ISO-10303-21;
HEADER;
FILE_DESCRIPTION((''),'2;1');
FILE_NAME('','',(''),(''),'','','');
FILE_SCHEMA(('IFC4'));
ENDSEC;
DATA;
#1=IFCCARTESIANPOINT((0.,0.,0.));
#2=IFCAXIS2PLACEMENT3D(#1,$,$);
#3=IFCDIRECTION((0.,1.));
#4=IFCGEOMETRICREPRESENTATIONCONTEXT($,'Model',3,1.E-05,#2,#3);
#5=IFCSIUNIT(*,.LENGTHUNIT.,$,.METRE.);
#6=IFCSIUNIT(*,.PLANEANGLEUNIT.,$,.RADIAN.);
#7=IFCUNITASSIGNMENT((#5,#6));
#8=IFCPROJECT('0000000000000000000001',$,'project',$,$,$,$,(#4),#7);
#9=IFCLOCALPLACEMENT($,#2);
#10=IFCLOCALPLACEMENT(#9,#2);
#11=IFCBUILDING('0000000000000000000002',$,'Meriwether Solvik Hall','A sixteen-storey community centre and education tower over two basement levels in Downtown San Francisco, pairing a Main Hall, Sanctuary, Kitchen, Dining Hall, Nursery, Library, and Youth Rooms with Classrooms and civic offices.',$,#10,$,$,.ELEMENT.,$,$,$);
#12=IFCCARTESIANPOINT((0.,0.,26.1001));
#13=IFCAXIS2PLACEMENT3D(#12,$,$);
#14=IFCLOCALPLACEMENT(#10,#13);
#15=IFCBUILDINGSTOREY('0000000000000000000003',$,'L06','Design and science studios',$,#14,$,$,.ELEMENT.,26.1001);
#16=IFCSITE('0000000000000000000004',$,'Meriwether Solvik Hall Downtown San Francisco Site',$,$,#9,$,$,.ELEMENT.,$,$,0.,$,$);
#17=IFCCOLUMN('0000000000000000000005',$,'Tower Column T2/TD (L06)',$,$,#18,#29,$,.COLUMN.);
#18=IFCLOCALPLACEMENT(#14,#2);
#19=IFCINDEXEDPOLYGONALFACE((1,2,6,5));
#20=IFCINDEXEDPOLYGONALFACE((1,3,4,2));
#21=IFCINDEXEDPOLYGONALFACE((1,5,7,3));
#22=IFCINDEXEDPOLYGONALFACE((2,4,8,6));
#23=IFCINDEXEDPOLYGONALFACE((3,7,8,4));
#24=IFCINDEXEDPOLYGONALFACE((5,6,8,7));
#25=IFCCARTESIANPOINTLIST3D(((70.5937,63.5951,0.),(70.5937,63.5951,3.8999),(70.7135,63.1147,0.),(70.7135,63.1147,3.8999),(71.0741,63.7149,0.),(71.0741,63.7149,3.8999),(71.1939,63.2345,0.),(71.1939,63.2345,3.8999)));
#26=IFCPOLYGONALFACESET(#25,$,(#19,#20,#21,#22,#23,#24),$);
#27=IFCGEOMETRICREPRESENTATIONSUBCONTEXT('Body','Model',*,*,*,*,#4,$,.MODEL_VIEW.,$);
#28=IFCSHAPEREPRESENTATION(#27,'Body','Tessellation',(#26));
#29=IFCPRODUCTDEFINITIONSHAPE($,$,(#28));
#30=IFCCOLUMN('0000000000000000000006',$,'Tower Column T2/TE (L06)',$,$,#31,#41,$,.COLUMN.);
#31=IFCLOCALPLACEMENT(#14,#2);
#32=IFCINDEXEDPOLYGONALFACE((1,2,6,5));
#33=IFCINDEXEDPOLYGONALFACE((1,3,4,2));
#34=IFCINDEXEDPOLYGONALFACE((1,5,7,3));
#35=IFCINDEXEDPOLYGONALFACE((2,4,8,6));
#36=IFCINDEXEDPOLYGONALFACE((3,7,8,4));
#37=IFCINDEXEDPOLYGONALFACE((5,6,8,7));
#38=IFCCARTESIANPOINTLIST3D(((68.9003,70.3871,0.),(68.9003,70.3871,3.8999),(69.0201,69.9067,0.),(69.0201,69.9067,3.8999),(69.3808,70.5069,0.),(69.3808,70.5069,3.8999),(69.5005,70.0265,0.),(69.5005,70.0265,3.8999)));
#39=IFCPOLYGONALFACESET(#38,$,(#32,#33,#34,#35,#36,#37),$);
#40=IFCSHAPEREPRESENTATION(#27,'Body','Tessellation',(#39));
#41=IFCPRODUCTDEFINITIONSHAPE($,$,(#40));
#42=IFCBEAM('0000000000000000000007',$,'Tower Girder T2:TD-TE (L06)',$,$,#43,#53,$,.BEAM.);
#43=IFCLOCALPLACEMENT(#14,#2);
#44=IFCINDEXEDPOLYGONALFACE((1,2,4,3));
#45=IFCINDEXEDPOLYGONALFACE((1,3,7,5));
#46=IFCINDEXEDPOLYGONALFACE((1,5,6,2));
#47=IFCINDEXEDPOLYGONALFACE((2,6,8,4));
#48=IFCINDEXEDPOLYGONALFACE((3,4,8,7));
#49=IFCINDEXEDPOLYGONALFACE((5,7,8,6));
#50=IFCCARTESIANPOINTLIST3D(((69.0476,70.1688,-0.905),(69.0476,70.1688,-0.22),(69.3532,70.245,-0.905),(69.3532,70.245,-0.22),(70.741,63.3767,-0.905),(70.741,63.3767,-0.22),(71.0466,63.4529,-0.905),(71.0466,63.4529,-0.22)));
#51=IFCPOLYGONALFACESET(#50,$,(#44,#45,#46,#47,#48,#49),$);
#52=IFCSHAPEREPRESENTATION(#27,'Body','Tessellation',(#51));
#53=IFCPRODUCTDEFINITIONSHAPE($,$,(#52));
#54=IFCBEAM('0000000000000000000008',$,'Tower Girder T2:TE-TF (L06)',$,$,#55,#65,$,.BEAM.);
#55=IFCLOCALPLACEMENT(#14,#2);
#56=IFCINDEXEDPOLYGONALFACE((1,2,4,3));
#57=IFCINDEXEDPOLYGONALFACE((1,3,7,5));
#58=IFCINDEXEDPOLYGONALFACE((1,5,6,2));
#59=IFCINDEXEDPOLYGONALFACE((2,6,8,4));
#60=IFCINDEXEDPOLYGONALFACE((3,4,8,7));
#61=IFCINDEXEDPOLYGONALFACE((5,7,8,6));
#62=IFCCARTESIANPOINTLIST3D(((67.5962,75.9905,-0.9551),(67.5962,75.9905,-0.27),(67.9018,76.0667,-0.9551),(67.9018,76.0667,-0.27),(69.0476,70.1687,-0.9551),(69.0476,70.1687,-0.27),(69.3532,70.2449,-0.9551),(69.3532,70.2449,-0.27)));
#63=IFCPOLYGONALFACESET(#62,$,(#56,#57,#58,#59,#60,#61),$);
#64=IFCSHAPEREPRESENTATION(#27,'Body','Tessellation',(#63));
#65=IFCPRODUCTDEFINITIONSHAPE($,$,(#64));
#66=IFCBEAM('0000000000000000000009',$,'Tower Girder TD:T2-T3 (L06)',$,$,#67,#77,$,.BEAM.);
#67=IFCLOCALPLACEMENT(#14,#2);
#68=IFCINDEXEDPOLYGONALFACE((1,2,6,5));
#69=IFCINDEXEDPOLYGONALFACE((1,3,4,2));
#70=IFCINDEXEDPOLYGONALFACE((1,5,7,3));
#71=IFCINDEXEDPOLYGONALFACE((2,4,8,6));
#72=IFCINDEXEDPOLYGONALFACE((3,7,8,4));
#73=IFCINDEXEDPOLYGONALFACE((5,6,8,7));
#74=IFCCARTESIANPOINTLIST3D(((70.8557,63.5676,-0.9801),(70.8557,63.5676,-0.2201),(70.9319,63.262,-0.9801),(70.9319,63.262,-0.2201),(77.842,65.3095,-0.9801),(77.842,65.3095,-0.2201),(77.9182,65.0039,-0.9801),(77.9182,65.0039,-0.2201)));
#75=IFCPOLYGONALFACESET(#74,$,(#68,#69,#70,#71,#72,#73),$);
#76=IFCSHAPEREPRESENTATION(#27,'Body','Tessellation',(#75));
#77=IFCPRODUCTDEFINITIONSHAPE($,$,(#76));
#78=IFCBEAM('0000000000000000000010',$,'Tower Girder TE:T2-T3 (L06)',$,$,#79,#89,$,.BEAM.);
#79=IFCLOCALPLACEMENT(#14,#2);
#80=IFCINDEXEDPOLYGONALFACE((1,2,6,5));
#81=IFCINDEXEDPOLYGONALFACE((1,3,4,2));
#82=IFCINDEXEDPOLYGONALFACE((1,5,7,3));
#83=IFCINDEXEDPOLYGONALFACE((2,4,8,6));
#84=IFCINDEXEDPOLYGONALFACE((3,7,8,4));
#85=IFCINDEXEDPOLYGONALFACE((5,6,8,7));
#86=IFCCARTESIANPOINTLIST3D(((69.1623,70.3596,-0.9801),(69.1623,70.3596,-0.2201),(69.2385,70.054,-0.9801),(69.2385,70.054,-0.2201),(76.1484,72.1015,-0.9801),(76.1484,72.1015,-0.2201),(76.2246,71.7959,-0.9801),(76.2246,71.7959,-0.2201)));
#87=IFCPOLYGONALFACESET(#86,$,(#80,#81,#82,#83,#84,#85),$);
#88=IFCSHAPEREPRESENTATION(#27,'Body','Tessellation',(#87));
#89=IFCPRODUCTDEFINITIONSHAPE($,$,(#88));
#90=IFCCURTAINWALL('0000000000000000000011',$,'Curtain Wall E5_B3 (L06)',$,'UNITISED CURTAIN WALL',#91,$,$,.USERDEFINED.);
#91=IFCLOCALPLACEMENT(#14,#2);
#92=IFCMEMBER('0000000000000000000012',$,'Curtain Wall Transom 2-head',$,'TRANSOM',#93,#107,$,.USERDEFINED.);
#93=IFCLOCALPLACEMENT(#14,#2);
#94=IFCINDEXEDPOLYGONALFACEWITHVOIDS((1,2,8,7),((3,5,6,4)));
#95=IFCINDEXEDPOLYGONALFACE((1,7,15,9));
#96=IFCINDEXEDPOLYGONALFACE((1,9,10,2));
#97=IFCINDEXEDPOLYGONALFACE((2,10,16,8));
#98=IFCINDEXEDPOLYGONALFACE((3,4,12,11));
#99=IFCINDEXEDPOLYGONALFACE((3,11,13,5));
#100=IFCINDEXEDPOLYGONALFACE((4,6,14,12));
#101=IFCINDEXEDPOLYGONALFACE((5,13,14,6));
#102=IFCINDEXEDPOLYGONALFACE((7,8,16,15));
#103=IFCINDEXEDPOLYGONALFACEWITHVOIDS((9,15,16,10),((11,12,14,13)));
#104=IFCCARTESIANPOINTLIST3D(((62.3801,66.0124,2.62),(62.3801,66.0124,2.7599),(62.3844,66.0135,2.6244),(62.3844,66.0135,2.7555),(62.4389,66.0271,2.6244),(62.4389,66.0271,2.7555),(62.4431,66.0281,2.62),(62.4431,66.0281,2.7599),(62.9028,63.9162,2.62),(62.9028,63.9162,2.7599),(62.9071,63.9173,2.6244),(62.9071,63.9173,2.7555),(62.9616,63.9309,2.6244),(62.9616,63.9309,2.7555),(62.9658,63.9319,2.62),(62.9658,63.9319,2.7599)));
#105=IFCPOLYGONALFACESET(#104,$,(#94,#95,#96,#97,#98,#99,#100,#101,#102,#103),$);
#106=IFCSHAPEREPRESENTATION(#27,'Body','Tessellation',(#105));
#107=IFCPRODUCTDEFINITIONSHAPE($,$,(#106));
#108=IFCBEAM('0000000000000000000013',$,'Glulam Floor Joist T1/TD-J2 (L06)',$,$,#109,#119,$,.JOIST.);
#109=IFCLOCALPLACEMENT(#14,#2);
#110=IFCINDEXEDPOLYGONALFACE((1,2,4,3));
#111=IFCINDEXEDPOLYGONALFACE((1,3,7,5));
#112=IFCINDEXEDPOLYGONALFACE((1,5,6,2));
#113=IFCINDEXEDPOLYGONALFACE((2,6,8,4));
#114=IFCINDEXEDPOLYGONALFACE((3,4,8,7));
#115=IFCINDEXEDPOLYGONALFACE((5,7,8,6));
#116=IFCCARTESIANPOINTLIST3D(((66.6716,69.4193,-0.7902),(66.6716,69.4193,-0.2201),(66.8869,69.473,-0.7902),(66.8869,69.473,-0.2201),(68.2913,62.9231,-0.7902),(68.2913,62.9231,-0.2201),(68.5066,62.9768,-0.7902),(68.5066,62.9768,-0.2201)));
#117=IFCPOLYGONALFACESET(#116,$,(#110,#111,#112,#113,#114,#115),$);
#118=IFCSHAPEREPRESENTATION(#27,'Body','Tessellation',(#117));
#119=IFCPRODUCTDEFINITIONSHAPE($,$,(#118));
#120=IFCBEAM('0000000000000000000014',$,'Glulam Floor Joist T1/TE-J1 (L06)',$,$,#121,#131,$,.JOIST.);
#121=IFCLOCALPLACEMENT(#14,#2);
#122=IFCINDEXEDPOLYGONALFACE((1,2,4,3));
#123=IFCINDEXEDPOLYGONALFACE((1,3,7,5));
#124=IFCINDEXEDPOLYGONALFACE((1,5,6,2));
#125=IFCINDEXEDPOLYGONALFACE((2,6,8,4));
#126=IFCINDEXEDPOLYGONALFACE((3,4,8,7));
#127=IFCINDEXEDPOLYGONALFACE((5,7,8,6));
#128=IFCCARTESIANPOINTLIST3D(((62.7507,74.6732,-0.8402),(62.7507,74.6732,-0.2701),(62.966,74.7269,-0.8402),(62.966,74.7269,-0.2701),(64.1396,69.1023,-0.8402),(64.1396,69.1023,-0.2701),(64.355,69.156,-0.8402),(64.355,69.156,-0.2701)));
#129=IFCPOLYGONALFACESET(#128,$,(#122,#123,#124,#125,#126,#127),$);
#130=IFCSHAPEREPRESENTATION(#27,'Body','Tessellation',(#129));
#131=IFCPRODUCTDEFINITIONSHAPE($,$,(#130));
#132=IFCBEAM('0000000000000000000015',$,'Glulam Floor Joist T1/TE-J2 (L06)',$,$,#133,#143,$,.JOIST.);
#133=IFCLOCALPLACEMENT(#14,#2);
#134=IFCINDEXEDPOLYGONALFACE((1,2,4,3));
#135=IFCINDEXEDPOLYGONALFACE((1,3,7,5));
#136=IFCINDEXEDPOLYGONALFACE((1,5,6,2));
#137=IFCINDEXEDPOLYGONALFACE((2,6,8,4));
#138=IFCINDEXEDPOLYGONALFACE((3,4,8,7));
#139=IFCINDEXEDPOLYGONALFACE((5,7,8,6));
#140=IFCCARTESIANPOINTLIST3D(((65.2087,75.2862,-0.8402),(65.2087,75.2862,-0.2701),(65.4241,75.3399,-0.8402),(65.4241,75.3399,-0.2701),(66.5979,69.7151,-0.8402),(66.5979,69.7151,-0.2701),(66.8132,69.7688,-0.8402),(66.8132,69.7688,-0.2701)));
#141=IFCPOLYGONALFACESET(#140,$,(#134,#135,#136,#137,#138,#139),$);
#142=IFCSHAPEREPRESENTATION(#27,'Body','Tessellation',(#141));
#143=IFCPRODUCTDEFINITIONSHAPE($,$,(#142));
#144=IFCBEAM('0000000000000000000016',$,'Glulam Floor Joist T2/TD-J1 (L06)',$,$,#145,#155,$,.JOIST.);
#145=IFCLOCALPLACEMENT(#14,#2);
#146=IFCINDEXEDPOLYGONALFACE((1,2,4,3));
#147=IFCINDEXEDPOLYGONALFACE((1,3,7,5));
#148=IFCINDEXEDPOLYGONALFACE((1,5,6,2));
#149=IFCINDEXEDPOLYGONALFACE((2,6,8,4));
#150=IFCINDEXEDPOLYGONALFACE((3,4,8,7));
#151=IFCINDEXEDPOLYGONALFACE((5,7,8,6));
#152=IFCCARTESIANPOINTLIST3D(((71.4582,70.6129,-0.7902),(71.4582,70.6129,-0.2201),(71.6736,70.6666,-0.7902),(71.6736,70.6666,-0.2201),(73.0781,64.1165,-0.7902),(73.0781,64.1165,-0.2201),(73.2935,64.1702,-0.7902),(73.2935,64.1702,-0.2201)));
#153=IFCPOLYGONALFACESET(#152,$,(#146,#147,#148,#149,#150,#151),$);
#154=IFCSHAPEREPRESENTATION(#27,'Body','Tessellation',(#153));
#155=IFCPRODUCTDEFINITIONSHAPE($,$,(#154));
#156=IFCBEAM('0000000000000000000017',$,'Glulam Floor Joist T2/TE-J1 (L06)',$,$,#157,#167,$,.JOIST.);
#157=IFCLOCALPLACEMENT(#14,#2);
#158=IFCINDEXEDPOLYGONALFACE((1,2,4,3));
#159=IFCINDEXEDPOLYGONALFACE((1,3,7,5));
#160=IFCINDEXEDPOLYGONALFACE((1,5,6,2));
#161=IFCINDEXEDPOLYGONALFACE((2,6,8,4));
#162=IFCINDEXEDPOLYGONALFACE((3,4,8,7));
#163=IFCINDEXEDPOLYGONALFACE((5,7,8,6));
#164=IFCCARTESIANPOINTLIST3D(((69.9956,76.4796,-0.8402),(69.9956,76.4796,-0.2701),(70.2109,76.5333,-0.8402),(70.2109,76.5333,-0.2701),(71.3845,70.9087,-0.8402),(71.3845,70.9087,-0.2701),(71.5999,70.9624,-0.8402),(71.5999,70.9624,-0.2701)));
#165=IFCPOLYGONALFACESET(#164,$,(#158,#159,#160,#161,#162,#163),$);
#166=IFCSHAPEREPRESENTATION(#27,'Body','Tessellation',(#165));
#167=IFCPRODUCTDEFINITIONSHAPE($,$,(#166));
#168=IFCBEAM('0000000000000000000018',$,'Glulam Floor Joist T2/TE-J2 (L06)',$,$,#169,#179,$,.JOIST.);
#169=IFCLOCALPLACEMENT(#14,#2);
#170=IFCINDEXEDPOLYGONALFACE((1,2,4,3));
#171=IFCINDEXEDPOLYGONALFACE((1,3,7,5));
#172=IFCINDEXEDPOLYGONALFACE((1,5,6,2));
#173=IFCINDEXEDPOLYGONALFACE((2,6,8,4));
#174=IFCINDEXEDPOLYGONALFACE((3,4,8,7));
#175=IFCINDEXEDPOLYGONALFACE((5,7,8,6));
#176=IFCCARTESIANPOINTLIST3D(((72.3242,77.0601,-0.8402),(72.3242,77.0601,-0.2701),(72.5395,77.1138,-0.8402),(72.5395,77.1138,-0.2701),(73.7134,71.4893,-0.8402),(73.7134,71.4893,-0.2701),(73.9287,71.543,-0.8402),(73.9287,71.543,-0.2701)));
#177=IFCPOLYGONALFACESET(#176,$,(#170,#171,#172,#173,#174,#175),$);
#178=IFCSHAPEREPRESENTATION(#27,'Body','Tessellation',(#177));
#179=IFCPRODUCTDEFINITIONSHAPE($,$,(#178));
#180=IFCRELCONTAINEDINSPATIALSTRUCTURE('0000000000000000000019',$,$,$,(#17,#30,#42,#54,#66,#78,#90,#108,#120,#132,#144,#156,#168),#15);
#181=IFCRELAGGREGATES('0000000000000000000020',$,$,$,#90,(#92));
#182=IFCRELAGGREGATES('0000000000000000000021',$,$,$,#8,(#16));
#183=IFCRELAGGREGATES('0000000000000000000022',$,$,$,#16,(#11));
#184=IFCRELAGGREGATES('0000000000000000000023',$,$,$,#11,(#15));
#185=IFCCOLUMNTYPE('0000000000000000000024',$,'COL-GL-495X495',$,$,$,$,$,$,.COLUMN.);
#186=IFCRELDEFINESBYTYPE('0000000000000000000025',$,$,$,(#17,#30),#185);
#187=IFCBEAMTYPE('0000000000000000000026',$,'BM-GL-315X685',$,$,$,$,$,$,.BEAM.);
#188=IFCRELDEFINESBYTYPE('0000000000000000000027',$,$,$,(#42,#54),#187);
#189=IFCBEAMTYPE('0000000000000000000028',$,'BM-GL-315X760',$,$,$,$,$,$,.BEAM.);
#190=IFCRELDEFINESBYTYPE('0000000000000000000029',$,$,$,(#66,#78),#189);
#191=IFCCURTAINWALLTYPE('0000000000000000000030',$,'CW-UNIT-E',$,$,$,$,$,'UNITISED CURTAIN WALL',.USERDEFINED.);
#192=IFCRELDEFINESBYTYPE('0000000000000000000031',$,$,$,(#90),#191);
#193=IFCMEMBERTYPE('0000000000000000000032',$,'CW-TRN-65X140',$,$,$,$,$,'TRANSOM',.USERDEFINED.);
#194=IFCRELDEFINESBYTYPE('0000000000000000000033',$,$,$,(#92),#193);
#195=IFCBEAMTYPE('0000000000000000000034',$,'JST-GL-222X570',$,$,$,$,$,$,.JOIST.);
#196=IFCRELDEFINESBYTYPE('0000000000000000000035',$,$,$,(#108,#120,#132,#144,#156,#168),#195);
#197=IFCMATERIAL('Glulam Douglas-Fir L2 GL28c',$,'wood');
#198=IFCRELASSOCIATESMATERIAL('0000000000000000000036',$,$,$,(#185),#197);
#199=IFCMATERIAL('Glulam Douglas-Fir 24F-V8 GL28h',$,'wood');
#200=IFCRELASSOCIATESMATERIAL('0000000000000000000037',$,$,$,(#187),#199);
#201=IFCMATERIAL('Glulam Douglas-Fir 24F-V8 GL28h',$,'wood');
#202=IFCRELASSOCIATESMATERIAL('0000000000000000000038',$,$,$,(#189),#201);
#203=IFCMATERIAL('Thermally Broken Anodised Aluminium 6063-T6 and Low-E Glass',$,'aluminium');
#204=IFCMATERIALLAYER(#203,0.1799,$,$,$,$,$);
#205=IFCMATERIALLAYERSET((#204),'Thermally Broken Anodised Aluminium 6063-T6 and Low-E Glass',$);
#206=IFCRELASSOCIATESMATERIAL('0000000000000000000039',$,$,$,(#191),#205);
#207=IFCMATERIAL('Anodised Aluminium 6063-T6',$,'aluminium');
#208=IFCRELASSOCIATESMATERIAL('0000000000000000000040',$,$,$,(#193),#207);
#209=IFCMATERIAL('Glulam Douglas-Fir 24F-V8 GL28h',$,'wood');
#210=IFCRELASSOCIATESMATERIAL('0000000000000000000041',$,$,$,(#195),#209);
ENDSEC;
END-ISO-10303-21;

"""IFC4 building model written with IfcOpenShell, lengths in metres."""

from ifc_helpers import new_model, si_unit, direction, frame, origin, origin_2d, place, context, subcontext, project, spatial, rectangle, hollow_rectangle, extrude, material, layer, layer_set, material_profile, profile_set, type_object, element, aggregate, save


model = new_model("IFC4")

# Units and contexts
model_context = context("Model", 3, precision=1e-05, world=origin(), true_north=direction((0.0, 1.0)))
body_context = subcontext(model_context, "Body", "Model", "MODEL_VIEW")
ifc_project = project(units=[si_unit("LENGTHUNIT", "METRE"), si_unit("PLANEANGLEUNIT", "RADIAN")], contexts=[model_context])

# Site, building, storey
site_placement = place(None, origin())
site = spatial("IfcSite", under=ifc_project, at=site_placement, Name="Meriwether Solvik Hall Downtown San Francisco Site", CompositionType="ELEMENT", RefElevation=0.0)
building_placement = place(site_placement, origin())
building = spatial("IfcBuilding", under=site, at=building_placement, Name="Meriwether Solvik Hall", Description="A sixteen-storey community centre and education tower over two basement levels in Downtown San Francisco, pairing a Main Hall, Sanctuary, Kitchen, Dining Hall, Nursery, Library, and Youth Rooms with Classrooms and civic offices.", CompositionType="ELEMENT")
storey_placement = place(building_placement, frame((0.0, 0.0, 26.1001)))
storey = spatial("IfcBuildingStorey", under=building, at=storey_placement, Name="L06", Description="Design and science studios", CompositionType="ELEMENT", Elevation=26.1001)

# Columns
ifc_material_1 = material(Name="Glulam Douglas-Fir L2 GL28c", Category="wood")
ifc_material_profile_1 = material_profile(ifc_material_1, rectangle(XDim=0.4951, YDim=0.4951, at=origin_2d()), Name="GLC-495X495")
ifc_profile_set_1 = profile_set([ifc_material_profile_1], Name="Glulam Douglas-Fir L2 GL28c")
column_type = type_object("IfcColumnType", Name="COL-GL-495X495", PredefinedType="COLUMN", material=ifc_profile_set_1)
for number, where, z_axis, x_axis, name in (
    (1, (70.8938, 63.4148, 0.0), (0.0, 0.0, 1.0), (0.970296, 0.241922, 0.0), "Tower Column T2/TD (L06)"),
    (2, (69.2004, 70.2068, 0.0), (0.0, 0.0, 1.0), (0.970296, 0.241922, 0.0), "Tower Column T2/TE (L06)"),
):
    element("IfcColumn", number, at=place(storey_placement, frame(where, z_axis=z_axis, x_axis=x_axis)), inside=storey, type_object=column_type, Name=name, PredefinedType="COLUMN", context=body_context, shape_type="SweptSolid", body=[
        extrude(rectangle(XDim=0.4951, YDim=0.4951, at=origin_2d()), origin(), (0.0, 0.0, 1.0), 3.8999),
    ])

# Beams
ifc_material_2 = material(Name="Glulam Douglas-Fir 24F-V8 GL28h", Category="wood")
ifc_material_profile_2 = material_profile(ifc_material_2, rectangle(XDim=0.3149, YDim=0.6851, at=origin_2d()), Name="GLB-315X685")
ifc_profile_set_2 = profile_set([ifc_material_profile_2], Name="Glulam Douglas-Fir 24F-V8 GL28h")
beam_type_1 = type_object("IfcBeamType", Name="BM-GL-315X685", PredefinedType="BEAM", material=ifc_profile_set_2)
beam_1_placement = place(storey_placement, frame((70.8938, 63.4148, -0.5625), z_axis=(-0.241912, 0.970298, 0.0), x_axis=(-0.970298, -0.241912, 0.0)))
element("IfcBeam", 3, at=beam_1_placement, inside=storey, type_object=beam_type_1, Name="Tower Girder T2:TD-TE (L06)", PredefinedType="BEAM", context=body_context, shape_type="SweptSolid", body=[
    extrude(rectangle(XDim=0.3149, YDim=0.6851, at=origin_2d()), origin(), (0.0, 0.0, 1.0), 7.0),
])
beam_2_placement = place(storey_placement, frame((69.2004, 70.2068, -0.6125), z_axis=(-0.241904, 0.9703, 0.0), x_axis=(-0.9703, -0.241904, 0.0)))
element("IfcBeam", 4, at=beam_2_placement, inside=storey, type_object=beam_type_1, Name="Tower Girder T2:TE-TF (L06)", PredefinedType="BEAM", context=body_context, shape_type="SweptSolid", body=[
    extrude(rectangle(XDim=0.3149, YDim=0.6851, at=origin_2d()), origin(), (0.0, 0.0, 1.0), 6.0),
])
ifc_material_3 = material(Name="Glulam Douglas-Fir 24F-V8 GL28h", Category="wood")
ifc_material_profile_3 = material_profile(ifc_material_3, rectangle(XDim=0.3149, YDim=0.76, at=origin_2d()), Name="GLB-315X760")
ifc_profile_set_3 = profile_set([ifc_material_profile_3], Name="Glulam Douglas-Fir 24F-V8 GL28h")
beam_type_2 = type_object("IfcBeamType", Name="BM-GL-315X760", PredefinedType="BEAM", material=ifc_profile_set_3)
beam_3_placement = place(storey_placement, frame((70.8938, 63.4148, -0.6001), z_axis=(0.970294, 0.241929, 0.0), x_axis=(-0.241929, 0.970294, 0.0)))
element("IfcBeam", 5, at=beam_3_placement, inside=storey, type_object=beam_type_2, Name="Tower Girder TD:T2-T3 (L06)", PredefinedType="BEAM", context=body_context, shape_type="SweptSolid", body=[
    extrude(rectangle(XDim=0.3149, YDim=0.76, at=origin_2d()), origin(), (0.0, 0.0, 1.0), 7.2002),
])
beam_4_placement = place(storey_placement, frame((69.2004, 70.2068, -0.6001), z_axis=(0.970292, 0.241937, 0.0), x_axis=(-0.241937, 0.970292, 0.0)))
element("IfcBeam", 6, at=beam_4_placement, inside=storey, type_object=beam_type_2, Name="Tower Girder TE:T2-T3 (L06)", PredefinedType="BEAM", context=body_context, shape_type="SweptSolid", body=[
    extrude(rectangle(XDim=0.3149, YDim=0.76, at=origin_2d()), origin(), (0.0, 0.0, 1.0), 7.2),
])

# Curtain wall, member
ifc_material_4 = material(Name="Thermally Broken Anodised Aluminium 6063-T6 and Low-E Glass", Category="aluminium")
ifc_layer_1 = layer(ifc_material_4, 0.1799)
ifc_layer_set_1 = layer_set([ifc_layer_1], Name="Thermally Broken Anodised Aluminium 6063-T6 and Low-E Glass")
curtain_wall_type = type_object("IfcCurtainWallType", Name="CW-UNIT-E", ElementType="UNITISED CURTAIN WALL", PredefinedType="USERDEFINED", material=ifc_layer_set_1)
curtain_wall_placement = place(storey_placement, origin())
curtain_wall = element("IfcCurtainWall", 7, at=curtain_wall_placement, inside=storey, type_object=curtain_wall_type, Name="Curtain Wall E5_B3 (L06)", ObjectType="UNITISED CURTAIN WALL", PredefinedType="USERDEFINED")
ifc_material_5 = material(Name="Anodised Aluminium 6063-T6", Category="aluminium")
ifc_material_profile_4 = material_profile(ifc_material_5, hollow_rectangle(XDim=0.0649, YDim=0.1399, WallThickness=0.0044, at=origin_2d()), Name="CWT-65X140")
ifc_profile_set_4 = profile_set([ifc_material_profile_4], Name="Anodised Aluminium 6063-T6")
member_type_1 = type_object("IfcMemberType", Name="CW-TRN-65X140", ElementType="TRANSOM", PredefinedType="USERDEFINED", material=ifc_profile_set_4)
member_1_placement = place(storey_placement, frame((62.9343, 63.9241, 2.6899), z_axis=(-0.241951, 0.970289, 0.0), x_axis=(-0.970289, -0.241951, 0.0)))
member_1 = element("IfcMember", 8, at=member_1_placement, type_object=member_type_1, Name="Curtain Wall Transom 2-head", ObjectType="TRANSOM", PredefinedType="USERDEFINED", context=body_context, shape_type="SweptSolid", body=[
    extrude(hollow_rectangle(XDim=0.0649, YDim=0.1399, WallThickness=0.0044, at=origin_2d()), origin(), (0.0, 0.0, 1.0), 2.1604),
])

# Beams
ifc_material_6 = material(Name="Glulam Douglas-Fir 24F-V8 GL28h", Category="wood")
ifc_material_profile_5 = material_profile(ifc_material_6, rectangle(XDim=0.2219, YDim=0.5701, at=origin_2d()), Name="GLJ-222X570")
ifc_profile_set_5 = profile_set([ifc_material_profile_5], Name="Glulam Douglas-Fir 24F-V8 GL28h")
beam_type_3 = type_object("IfcBeamType", Name="JST-GL-222X570", PredefinedType="JOIST", material=ifc_profile_set_5)
beam_5_placement = place(storey_placement, frame((68.3989, 62.95, -0.5051), z_axis=(-0.241918, 0.970297, 0.0), x_axis=(-0.970297, -0.241918, 0.0)))
element("IfcBeam", 9, at=beam_5_placement, inside=storey, type_object=beam_type_3, Name="Glulam Floor Joist T1/TD-J2 (L06)", PredefinedType="JOIST", context=body_context, shape_type="SweptSolid", body=[
    extrude(rectangle(XDim=0.2219, YDim=0.5701, at=origin_2d()), origin(), (0.0, 0.0, 1.0), 6.6951),
])
beam_6_placement = place(storey_placement, frame((64.2473, 69.1292, -0.5552), z_axis=(-0.241915, 0.970297, 0.0), x_axis=(-0.970297, -0.241915, 0.0)))
element("IfcBeam", 10, at=beam_6_placement, inside=storey, type_object=beam_type_3, Name="Glulam Floor Joist T1/TE-J1 (L06)", PredefinedType="JOIST", context=body_context, shape_type="SweptSolid", body=[
    extrude(rectangle(XDim=0.2219, YDim=0.5701, at=origin_2d()), origin(), (0.0, 0.0, 1.0), 5.7415),
])
beam_7_placement = place(storey_placement, frame((66.7056, 69.7419, -0.5552), z_axis=(-0.241945, 0.97029, 0.0), x_axis=(-0.97029, -0.241945, 0.0)))
element("IfcBeam", 11, at=beam_7_placement, inside=storey, type_object=beam_type_3, Name="Glulam Floor Joist T1/TE-J2 (L06)", PredefinedType="JOIST", context=body_context, shape_type="SweptSolid", body=[
    extrude(rectangle(XDim=0.2219, YDim=0.5701, at=origin_2d()), origin(), (0.0, 0.0, 1.0), 5.7417),
])
beam_8_placement = place(storey_placement, frame((73.1858, 64.1433, -0.5051), z_axis=(-0.241944, 0.97029, 0.0), x_axis=(-0.97029, -0.241944, 0.0)))
element("IfcBeam", 12, at=beam_8_placement, inside=storey, type_object=beam_type_3, Name="Glulam Floor Joist T2/TD-J1 (L06)", PredefinedType="JOIST", context=body_context, shape_type="SweptSolid", body=[
    extrude(rectangle(XDim=0.2219, YDim=0.5701, at=origin_2d()), origin(), (0.0, 0.0, 1.0), 6.6953),
])
for number, where, z_axis, x_axis, name in (
    (13, (71.4922, 70.9355, -0.5552), (-0.241915, 0.970297, 0.0), (-0.970297, -0.241915, 0.0), "Glulam Floor Joist T2/TE-J1 (L06)"),
    (14, (73.821, 71.5161, -0.5552), (-0.241955, 0.970287, 0.0), (-0.970287, -0.241955, 0.0), "Glulam Floor Joist T2/TE-J2 (L06)"),
):
    element("IfcBeam", number, at=place(storey_placement, frame(where, z_axis=z_axis, x_axis=x_axis)), inside=storey, type_object=beam_type_3, Name=name, PredefinedType="JOIST", context=body_context, shape_type="SweptSolid", body=[
        extrude(rectangle(XDim=0.2219, YDim=0.5701, at=origin_2d()), origin(), (0.0, 0.0, 1.0), 5.7415),
    ])

aggregate(curtain_wall, [member_1])

save(model, "model.ifc")
